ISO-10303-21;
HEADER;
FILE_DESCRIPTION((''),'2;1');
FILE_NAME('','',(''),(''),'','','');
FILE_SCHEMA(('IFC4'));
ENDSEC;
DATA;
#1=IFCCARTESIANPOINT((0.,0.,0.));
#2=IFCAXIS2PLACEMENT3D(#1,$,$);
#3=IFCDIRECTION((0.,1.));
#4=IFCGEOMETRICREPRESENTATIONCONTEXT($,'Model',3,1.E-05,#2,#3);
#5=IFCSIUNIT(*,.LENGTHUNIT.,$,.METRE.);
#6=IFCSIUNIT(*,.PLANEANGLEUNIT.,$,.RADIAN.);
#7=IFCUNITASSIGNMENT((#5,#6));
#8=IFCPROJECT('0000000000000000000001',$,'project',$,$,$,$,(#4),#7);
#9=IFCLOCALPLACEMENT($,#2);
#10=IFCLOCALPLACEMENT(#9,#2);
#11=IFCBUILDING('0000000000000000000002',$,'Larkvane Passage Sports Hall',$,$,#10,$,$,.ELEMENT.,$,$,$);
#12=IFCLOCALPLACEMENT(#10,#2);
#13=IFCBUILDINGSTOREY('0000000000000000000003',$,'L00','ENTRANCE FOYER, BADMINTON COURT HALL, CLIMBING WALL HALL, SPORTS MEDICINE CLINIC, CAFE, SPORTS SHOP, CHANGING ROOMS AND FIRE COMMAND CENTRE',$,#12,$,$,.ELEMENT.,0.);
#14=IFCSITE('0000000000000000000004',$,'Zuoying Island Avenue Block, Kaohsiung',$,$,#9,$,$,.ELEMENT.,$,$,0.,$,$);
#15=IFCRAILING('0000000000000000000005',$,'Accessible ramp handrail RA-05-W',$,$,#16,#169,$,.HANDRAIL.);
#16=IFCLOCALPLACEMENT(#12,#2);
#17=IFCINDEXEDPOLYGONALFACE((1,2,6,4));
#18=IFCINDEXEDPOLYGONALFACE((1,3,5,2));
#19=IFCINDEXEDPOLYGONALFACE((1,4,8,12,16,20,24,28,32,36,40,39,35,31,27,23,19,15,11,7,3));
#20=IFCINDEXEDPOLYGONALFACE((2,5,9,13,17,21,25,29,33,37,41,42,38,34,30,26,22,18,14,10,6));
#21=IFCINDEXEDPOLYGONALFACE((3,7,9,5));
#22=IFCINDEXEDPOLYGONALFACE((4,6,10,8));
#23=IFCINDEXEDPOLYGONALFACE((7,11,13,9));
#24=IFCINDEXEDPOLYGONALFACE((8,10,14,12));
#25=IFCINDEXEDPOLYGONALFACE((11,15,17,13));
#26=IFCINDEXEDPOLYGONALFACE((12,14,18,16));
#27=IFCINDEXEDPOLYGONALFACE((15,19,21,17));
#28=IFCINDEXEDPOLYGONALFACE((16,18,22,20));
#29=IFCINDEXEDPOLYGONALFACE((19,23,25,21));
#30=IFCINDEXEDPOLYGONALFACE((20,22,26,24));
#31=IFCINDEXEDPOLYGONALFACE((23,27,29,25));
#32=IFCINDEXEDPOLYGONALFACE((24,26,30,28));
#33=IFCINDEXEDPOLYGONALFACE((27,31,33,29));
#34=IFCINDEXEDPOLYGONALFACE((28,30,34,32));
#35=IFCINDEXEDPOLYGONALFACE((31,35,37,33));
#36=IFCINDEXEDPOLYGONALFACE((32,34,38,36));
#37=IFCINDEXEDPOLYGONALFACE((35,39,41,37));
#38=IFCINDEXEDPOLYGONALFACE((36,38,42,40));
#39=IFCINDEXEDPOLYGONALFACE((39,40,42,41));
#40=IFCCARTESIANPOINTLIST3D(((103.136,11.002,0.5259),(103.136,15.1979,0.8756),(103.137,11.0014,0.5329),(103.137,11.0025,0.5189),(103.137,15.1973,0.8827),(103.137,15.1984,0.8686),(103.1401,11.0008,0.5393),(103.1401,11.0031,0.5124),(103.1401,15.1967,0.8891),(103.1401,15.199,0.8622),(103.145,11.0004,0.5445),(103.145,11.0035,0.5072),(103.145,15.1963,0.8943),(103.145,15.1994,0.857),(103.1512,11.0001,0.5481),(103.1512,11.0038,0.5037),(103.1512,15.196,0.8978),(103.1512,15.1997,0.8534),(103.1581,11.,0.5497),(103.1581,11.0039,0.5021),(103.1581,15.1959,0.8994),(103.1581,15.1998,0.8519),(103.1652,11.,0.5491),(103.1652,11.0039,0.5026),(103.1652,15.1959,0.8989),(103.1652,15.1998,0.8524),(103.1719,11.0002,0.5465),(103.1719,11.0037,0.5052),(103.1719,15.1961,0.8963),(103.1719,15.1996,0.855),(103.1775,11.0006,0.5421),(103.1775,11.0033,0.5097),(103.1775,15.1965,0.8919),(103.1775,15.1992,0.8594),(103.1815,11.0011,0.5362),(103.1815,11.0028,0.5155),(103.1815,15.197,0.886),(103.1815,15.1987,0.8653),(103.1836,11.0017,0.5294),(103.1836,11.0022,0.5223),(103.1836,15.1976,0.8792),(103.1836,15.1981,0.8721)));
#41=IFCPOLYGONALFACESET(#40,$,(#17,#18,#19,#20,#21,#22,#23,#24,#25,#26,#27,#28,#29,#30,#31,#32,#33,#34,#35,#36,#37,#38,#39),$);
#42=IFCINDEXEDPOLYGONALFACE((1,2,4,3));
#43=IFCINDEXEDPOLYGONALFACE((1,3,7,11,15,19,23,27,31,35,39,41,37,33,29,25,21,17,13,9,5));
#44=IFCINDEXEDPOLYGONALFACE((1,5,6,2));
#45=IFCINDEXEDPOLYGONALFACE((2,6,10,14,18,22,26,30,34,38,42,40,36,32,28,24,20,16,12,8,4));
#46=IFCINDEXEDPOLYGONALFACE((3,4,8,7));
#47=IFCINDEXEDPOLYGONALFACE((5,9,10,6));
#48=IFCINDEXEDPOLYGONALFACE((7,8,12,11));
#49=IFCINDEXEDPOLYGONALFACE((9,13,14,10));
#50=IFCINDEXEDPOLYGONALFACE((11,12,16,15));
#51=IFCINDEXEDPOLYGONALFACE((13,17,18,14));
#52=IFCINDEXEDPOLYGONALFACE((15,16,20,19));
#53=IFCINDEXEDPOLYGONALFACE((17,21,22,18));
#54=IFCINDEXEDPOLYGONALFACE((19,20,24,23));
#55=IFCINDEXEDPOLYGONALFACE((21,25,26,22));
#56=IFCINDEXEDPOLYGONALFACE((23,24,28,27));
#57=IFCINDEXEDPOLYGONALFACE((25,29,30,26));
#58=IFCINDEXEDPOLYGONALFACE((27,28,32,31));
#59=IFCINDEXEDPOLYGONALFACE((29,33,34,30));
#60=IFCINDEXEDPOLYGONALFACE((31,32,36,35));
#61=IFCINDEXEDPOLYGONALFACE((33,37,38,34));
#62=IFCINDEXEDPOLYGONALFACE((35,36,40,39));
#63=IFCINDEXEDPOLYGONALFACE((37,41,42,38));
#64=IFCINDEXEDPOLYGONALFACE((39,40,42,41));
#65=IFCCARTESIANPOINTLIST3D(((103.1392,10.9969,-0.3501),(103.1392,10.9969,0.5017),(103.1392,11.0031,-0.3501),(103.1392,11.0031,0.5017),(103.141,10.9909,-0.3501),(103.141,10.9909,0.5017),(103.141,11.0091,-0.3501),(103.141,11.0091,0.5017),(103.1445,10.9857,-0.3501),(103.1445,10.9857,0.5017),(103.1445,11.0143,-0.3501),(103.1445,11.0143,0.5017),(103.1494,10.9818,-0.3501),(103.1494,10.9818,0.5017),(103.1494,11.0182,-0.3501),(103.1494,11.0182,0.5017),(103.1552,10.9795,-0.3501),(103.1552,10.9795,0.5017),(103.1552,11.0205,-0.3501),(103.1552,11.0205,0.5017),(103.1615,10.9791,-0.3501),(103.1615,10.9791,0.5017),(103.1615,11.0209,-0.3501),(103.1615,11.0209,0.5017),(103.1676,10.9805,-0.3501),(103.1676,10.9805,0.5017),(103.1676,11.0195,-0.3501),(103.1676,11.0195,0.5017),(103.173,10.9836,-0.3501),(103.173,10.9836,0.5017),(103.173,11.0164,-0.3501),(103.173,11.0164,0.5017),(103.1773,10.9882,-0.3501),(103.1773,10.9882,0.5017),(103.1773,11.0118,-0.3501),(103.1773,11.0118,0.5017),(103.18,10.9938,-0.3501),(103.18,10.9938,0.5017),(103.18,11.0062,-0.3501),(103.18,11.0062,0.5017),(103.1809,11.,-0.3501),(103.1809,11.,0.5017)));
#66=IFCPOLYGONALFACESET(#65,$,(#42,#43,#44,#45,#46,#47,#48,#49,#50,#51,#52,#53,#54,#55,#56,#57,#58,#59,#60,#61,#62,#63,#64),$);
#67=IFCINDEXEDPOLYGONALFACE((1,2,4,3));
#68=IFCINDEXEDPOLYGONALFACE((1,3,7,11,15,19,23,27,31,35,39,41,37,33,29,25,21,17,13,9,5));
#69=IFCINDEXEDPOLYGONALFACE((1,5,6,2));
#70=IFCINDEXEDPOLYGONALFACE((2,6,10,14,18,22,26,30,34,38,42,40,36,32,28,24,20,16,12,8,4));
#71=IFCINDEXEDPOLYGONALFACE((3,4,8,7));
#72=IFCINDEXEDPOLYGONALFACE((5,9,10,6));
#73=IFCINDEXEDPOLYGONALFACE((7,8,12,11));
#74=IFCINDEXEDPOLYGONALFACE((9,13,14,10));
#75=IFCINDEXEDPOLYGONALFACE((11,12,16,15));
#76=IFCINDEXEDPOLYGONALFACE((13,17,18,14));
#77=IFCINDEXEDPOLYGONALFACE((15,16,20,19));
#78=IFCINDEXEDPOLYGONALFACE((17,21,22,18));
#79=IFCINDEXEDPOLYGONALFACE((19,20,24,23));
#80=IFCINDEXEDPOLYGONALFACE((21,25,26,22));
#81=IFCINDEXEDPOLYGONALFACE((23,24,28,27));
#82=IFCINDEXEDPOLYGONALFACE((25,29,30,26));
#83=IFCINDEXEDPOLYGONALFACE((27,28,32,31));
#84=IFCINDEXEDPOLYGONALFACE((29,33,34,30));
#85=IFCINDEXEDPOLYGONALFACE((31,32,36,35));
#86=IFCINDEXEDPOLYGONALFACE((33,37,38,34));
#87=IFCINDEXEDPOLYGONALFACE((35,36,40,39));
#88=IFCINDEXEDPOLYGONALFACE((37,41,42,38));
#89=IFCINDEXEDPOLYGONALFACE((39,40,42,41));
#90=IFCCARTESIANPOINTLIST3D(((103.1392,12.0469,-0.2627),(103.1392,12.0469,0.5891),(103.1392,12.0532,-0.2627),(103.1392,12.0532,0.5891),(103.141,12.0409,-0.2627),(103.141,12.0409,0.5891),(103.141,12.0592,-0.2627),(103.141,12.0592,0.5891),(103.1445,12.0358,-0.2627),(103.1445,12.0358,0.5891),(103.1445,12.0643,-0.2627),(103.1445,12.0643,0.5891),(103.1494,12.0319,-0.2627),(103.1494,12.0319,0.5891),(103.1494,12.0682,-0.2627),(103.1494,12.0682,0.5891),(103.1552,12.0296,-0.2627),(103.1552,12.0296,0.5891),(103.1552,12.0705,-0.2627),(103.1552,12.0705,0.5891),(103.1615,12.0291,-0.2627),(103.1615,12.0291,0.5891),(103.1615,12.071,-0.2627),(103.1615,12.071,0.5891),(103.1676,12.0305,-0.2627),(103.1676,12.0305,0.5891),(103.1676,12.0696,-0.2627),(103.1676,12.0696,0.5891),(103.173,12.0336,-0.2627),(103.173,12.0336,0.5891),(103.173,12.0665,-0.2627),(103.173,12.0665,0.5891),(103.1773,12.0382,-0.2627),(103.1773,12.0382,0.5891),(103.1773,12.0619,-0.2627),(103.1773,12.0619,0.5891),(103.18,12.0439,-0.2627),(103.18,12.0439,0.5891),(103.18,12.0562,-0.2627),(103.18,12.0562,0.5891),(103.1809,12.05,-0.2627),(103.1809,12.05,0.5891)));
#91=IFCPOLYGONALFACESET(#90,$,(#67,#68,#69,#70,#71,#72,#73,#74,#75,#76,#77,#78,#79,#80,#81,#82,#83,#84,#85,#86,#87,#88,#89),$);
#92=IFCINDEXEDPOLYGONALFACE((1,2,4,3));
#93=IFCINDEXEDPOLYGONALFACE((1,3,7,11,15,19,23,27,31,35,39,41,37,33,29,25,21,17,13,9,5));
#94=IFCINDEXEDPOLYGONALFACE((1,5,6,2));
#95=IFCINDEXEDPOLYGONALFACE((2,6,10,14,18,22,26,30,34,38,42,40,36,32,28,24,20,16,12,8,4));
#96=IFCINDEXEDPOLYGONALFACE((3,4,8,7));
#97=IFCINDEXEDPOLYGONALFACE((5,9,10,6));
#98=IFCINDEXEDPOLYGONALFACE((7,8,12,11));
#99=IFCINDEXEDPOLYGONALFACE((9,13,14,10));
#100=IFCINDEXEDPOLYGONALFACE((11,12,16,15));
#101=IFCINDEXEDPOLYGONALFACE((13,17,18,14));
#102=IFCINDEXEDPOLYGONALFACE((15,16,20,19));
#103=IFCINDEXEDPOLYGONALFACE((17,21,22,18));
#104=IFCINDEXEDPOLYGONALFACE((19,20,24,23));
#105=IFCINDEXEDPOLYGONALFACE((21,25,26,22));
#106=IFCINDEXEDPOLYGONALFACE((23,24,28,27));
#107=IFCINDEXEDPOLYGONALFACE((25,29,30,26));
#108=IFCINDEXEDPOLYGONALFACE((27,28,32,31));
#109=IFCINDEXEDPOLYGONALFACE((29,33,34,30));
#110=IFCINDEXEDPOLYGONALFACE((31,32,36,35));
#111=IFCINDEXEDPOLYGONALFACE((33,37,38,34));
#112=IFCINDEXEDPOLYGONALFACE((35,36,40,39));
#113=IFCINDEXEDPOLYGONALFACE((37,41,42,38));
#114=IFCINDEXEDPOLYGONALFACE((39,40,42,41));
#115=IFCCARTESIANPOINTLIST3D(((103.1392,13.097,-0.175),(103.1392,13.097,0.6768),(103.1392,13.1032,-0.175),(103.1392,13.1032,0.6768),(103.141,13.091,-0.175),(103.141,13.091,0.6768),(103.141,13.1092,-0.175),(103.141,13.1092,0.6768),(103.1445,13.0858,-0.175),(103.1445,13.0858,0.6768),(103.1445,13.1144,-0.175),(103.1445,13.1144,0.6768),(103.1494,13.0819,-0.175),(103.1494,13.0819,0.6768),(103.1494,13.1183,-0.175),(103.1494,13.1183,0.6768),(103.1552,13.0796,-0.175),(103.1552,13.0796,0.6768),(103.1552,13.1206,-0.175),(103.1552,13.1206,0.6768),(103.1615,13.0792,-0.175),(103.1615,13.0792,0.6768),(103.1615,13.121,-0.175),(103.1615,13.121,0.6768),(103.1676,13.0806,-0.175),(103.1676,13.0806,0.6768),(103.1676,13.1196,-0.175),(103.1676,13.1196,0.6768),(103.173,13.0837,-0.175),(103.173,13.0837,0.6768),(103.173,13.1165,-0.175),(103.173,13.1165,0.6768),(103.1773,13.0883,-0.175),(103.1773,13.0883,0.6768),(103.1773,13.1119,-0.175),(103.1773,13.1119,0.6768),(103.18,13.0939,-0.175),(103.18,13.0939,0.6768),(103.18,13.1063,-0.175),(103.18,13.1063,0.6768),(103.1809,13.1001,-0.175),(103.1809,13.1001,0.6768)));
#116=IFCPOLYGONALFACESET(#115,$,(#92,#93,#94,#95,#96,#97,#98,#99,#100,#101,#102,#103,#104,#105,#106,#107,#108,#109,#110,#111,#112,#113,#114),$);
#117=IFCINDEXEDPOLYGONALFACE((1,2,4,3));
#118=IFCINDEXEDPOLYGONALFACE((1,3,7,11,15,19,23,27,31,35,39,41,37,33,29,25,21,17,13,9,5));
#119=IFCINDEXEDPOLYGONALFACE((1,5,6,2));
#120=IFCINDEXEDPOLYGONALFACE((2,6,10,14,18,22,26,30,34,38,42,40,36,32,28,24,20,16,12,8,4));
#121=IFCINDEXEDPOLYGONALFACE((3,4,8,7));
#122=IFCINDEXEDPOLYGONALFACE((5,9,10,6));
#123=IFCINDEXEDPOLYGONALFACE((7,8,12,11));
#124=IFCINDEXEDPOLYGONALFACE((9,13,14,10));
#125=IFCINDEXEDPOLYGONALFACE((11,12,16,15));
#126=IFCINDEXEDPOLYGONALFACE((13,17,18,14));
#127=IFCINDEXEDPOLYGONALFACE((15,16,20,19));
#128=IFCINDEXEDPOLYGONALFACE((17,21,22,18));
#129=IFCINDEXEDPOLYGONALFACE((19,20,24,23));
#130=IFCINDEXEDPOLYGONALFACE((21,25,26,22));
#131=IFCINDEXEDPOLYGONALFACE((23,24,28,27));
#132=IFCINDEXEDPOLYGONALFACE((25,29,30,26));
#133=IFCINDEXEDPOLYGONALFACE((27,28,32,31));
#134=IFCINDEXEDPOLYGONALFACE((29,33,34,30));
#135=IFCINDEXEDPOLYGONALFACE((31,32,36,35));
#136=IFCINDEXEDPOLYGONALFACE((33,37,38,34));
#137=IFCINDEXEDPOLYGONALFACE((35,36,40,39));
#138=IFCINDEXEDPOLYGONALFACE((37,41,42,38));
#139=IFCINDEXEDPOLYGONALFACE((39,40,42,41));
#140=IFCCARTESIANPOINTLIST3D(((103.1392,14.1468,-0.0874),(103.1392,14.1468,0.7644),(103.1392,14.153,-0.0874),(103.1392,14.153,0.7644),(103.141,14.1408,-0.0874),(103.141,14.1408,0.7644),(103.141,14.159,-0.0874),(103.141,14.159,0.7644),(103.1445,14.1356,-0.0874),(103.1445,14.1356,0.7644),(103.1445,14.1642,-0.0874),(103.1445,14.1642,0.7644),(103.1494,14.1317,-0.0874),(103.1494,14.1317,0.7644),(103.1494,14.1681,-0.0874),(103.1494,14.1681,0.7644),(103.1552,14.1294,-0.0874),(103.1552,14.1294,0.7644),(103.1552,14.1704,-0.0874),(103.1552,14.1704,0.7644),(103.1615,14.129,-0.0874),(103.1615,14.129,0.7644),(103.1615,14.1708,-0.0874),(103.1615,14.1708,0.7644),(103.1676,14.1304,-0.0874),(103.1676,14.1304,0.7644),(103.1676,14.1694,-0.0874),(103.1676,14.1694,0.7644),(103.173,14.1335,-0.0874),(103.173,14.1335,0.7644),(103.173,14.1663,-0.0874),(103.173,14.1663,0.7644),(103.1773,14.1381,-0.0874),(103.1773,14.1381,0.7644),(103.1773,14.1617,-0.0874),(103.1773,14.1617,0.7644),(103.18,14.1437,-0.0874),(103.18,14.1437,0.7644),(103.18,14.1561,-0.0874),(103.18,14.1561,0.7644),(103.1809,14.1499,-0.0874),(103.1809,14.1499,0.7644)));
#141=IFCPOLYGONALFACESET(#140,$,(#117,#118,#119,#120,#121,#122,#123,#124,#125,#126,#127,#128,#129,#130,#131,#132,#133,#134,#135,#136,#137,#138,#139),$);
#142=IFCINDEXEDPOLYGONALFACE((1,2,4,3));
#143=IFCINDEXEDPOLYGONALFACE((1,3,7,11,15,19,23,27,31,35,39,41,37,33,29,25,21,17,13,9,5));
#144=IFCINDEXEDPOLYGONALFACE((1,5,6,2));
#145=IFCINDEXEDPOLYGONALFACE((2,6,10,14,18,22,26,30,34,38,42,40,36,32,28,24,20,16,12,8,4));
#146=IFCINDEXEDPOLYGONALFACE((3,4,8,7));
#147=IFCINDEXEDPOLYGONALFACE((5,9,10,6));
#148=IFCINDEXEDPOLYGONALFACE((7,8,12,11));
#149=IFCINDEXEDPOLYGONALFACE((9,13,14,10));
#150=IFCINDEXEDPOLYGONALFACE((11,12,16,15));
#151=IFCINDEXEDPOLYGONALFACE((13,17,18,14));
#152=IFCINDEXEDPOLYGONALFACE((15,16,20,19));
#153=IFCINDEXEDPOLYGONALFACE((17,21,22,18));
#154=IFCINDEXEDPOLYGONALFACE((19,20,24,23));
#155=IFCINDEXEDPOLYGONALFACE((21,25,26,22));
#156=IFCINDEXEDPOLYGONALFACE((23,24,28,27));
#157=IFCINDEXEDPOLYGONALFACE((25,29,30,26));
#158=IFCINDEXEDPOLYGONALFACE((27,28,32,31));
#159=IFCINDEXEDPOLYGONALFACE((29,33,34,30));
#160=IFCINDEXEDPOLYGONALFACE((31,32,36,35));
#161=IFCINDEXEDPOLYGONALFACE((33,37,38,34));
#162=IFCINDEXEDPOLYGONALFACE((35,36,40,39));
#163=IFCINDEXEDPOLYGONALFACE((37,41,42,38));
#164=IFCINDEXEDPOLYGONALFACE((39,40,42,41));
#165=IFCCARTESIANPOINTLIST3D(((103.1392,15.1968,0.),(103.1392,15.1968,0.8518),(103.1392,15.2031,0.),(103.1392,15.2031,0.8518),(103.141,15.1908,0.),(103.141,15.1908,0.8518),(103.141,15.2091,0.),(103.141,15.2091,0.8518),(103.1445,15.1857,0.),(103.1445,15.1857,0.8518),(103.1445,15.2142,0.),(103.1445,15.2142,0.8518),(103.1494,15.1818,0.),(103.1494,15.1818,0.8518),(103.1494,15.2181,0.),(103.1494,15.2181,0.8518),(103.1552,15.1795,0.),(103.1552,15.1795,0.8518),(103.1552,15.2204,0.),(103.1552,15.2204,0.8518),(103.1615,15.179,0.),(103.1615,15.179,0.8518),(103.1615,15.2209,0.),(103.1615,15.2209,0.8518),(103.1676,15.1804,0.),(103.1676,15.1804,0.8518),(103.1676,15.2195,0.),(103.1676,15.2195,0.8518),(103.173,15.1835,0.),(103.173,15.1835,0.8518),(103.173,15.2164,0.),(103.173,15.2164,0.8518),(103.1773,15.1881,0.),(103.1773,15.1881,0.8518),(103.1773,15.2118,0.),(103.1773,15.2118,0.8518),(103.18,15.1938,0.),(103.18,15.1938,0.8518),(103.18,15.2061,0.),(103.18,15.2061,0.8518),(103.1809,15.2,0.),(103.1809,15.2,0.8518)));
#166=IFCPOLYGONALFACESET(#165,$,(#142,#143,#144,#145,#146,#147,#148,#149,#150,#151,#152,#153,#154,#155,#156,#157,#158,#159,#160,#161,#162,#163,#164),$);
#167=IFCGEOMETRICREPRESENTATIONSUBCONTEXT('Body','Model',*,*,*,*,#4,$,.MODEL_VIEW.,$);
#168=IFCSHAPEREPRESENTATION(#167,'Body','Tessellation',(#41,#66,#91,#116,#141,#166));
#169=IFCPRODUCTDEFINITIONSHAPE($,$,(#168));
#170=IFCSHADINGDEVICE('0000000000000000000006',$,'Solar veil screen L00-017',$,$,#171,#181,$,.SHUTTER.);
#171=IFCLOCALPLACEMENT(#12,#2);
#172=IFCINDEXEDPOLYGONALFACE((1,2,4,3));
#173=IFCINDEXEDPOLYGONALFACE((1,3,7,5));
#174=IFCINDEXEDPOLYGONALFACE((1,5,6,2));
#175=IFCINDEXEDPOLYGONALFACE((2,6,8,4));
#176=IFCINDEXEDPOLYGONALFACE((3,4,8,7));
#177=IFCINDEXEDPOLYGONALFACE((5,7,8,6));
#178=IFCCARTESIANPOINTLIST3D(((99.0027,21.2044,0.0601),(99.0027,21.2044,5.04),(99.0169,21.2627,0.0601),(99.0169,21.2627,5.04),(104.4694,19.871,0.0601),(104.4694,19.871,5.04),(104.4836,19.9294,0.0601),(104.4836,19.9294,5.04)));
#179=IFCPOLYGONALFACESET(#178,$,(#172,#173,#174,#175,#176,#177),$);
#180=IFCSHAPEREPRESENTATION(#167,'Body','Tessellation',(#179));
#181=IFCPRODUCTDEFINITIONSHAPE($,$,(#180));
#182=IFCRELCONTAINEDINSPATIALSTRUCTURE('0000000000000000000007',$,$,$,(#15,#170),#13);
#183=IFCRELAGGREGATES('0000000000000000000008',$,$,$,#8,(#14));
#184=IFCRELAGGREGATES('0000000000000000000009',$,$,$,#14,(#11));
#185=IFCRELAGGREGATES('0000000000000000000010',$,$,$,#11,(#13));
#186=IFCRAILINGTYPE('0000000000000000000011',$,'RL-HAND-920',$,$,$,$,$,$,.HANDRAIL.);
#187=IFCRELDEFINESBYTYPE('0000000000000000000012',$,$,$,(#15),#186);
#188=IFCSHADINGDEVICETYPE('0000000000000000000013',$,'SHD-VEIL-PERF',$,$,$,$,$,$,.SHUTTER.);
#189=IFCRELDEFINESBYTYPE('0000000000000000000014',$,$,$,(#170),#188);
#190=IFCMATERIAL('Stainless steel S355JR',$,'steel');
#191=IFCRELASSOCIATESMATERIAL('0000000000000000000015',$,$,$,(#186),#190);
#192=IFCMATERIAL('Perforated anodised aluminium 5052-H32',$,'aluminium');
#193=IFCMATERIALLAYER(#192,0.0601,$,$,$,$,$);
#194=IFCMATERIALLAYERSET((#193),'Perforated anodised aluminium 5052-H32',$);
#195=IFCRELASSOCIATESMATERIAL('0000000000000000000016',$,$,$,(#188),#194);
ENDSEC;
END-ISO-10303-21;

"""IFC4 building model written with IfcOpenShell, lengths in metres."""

from ifc_helpers import new_model, si_unit, direction, frame, origin, origin_2d, place, context, subcontext, project, spatial, rectangle, circle, extrude, material, layer, layer_set, type_object, element, save


model = new_model("IFC4")

# Units and contexts
model_context = context("Model", 3, precision=1e-05, world=origin(), true_north=direction((0.0, 1.0)))
body_context = subcontext(model_context, "Body", "Model", "MODEL_VIEW")
ifc_project = project(units=[si_unit("LENGTHUNIT", "METRE"), si_unit("PLANEANGLEUNIT", "RADIAN")], contexts=[model_context])

# Site, building, storey
site_placement = place(None, origin())
site = spatial("IfcSite", under=ifc_project, at=site_placement, Name="Zuoying Island Avenue Block, Kaohsiung", CompositionType="ELEMENT", RefElevation=0.0)
building_placement = place(site_placement, origin())
building = spatial("IfcBuilding", under=site, at=building_placement, Name="Larkvane Passage Sports Hall", CompositionType="ELEMENT")
storey_placement = place(building_placement, origin())
storey = spatial("IfcBuildingStorey", under=building, at=storey_placement, Name="L00", Description="ENTRANCE FOYER, BADMINTON COURT HALL, CLIMBING WALL HALL, SPORTS MEDICINE CLINIC, CAFE, SPORTS SHOP, CHANGING ROOMS AND FIRE COMMAND CENTRE", CompositionType="ELEMENT", Elevation=0.0)

# Railing
ifc_material_1 = material(Name="Stainless steel S355JR", Category="steel")
railing_type = type_object("IfcRailingType", Name="RL-HAND-920", PredefinedType="HANDRAIL", material=ifc_material_1)
railing_placement = place(storey_placement, frame((103.1599, 11.0, -0.3501)))
element("IfcRailing", 1, at=railing_placement, inside=storey, type_object=railing_type, Name="Accessible ramp handrail RA-05-W", PredefinedType="HANDRAIL", context=body_context, shape_type="SweptSolid", body=[
    extrude(circle(Radius=0.0239, at=origin_2d()), frame((0.0, 0.002, 0.876), z_axis=(0.0, 0.996544, 0.083069), x_axis=(-1.0, 0.0, 0.0)), (0.0, 0.0, 1.0), 4.2104),
    extrude(circle(Radius=0.021, at=origin_2d()), origin(), (0.0, 0.0, 1.0), 0.8518),
    extrude(circle(Radius=0.021, at=origin_2d()), frame((0.0, 1.05, 0.0874)), (0.0, 0.0, 1.0), 0.8518),
    extrude(circle(Radius=0.021, at=origin_2d()), frame((0.0, 2.1001, 0.175)), (0.0, 0.0, 1.0), 0.8518),
    extrude(circle(Radius=0.021, at=origin_2d()), frame((0.0, 3.1499, 0.2627)), (0.0, 0.0, 1.0), 0.8518),
    extrude(circle(Radius=0.021, at=origin_2d()), frame((0.0, 4.2, 0.3501)), (0.0, 0.0, 1.0), 0.8518),
])

# Shading device
ifc_material_2 = material(Name="Perforated anodised aluminium 5052-H32", Category="aluminium")
ifc_layer_1 = layer(ifc_material_2, 0.0601)
ifc_layer_set_1 = layer_set([ifc_layer_1], Name="Perforated anodised aluminium 5052-H32")
shading_device_type = type_object("IfcShadingDeviceType", Name="SHD-VEIL-PERF", PredefinedType="SHUTTER", material=ifc_layer_set_1)
shading_device_placement = place(storey_placement, frame((101.7432, 20.5669, 0.0601), z_axis=(0.0, 0.0, 1.0), x_axis=(-0.97152, 0.236956, 0.0)))
element("IfcShadingDevice", 2, at=shading_device_placement, inside=storey, type_object=shading_device_type, Name="Solar veil screen L00-017", PredefinedType="SHUTTER", context=body_context, shape_type="SweptSolid", body=[
    extrude(rectangle(XDim=5.627, YDim=0.0601, at=origin_2d()), origin(), (0.0, 0.0, 1.0), 4.98),
])

save(model, "model.ifc")
